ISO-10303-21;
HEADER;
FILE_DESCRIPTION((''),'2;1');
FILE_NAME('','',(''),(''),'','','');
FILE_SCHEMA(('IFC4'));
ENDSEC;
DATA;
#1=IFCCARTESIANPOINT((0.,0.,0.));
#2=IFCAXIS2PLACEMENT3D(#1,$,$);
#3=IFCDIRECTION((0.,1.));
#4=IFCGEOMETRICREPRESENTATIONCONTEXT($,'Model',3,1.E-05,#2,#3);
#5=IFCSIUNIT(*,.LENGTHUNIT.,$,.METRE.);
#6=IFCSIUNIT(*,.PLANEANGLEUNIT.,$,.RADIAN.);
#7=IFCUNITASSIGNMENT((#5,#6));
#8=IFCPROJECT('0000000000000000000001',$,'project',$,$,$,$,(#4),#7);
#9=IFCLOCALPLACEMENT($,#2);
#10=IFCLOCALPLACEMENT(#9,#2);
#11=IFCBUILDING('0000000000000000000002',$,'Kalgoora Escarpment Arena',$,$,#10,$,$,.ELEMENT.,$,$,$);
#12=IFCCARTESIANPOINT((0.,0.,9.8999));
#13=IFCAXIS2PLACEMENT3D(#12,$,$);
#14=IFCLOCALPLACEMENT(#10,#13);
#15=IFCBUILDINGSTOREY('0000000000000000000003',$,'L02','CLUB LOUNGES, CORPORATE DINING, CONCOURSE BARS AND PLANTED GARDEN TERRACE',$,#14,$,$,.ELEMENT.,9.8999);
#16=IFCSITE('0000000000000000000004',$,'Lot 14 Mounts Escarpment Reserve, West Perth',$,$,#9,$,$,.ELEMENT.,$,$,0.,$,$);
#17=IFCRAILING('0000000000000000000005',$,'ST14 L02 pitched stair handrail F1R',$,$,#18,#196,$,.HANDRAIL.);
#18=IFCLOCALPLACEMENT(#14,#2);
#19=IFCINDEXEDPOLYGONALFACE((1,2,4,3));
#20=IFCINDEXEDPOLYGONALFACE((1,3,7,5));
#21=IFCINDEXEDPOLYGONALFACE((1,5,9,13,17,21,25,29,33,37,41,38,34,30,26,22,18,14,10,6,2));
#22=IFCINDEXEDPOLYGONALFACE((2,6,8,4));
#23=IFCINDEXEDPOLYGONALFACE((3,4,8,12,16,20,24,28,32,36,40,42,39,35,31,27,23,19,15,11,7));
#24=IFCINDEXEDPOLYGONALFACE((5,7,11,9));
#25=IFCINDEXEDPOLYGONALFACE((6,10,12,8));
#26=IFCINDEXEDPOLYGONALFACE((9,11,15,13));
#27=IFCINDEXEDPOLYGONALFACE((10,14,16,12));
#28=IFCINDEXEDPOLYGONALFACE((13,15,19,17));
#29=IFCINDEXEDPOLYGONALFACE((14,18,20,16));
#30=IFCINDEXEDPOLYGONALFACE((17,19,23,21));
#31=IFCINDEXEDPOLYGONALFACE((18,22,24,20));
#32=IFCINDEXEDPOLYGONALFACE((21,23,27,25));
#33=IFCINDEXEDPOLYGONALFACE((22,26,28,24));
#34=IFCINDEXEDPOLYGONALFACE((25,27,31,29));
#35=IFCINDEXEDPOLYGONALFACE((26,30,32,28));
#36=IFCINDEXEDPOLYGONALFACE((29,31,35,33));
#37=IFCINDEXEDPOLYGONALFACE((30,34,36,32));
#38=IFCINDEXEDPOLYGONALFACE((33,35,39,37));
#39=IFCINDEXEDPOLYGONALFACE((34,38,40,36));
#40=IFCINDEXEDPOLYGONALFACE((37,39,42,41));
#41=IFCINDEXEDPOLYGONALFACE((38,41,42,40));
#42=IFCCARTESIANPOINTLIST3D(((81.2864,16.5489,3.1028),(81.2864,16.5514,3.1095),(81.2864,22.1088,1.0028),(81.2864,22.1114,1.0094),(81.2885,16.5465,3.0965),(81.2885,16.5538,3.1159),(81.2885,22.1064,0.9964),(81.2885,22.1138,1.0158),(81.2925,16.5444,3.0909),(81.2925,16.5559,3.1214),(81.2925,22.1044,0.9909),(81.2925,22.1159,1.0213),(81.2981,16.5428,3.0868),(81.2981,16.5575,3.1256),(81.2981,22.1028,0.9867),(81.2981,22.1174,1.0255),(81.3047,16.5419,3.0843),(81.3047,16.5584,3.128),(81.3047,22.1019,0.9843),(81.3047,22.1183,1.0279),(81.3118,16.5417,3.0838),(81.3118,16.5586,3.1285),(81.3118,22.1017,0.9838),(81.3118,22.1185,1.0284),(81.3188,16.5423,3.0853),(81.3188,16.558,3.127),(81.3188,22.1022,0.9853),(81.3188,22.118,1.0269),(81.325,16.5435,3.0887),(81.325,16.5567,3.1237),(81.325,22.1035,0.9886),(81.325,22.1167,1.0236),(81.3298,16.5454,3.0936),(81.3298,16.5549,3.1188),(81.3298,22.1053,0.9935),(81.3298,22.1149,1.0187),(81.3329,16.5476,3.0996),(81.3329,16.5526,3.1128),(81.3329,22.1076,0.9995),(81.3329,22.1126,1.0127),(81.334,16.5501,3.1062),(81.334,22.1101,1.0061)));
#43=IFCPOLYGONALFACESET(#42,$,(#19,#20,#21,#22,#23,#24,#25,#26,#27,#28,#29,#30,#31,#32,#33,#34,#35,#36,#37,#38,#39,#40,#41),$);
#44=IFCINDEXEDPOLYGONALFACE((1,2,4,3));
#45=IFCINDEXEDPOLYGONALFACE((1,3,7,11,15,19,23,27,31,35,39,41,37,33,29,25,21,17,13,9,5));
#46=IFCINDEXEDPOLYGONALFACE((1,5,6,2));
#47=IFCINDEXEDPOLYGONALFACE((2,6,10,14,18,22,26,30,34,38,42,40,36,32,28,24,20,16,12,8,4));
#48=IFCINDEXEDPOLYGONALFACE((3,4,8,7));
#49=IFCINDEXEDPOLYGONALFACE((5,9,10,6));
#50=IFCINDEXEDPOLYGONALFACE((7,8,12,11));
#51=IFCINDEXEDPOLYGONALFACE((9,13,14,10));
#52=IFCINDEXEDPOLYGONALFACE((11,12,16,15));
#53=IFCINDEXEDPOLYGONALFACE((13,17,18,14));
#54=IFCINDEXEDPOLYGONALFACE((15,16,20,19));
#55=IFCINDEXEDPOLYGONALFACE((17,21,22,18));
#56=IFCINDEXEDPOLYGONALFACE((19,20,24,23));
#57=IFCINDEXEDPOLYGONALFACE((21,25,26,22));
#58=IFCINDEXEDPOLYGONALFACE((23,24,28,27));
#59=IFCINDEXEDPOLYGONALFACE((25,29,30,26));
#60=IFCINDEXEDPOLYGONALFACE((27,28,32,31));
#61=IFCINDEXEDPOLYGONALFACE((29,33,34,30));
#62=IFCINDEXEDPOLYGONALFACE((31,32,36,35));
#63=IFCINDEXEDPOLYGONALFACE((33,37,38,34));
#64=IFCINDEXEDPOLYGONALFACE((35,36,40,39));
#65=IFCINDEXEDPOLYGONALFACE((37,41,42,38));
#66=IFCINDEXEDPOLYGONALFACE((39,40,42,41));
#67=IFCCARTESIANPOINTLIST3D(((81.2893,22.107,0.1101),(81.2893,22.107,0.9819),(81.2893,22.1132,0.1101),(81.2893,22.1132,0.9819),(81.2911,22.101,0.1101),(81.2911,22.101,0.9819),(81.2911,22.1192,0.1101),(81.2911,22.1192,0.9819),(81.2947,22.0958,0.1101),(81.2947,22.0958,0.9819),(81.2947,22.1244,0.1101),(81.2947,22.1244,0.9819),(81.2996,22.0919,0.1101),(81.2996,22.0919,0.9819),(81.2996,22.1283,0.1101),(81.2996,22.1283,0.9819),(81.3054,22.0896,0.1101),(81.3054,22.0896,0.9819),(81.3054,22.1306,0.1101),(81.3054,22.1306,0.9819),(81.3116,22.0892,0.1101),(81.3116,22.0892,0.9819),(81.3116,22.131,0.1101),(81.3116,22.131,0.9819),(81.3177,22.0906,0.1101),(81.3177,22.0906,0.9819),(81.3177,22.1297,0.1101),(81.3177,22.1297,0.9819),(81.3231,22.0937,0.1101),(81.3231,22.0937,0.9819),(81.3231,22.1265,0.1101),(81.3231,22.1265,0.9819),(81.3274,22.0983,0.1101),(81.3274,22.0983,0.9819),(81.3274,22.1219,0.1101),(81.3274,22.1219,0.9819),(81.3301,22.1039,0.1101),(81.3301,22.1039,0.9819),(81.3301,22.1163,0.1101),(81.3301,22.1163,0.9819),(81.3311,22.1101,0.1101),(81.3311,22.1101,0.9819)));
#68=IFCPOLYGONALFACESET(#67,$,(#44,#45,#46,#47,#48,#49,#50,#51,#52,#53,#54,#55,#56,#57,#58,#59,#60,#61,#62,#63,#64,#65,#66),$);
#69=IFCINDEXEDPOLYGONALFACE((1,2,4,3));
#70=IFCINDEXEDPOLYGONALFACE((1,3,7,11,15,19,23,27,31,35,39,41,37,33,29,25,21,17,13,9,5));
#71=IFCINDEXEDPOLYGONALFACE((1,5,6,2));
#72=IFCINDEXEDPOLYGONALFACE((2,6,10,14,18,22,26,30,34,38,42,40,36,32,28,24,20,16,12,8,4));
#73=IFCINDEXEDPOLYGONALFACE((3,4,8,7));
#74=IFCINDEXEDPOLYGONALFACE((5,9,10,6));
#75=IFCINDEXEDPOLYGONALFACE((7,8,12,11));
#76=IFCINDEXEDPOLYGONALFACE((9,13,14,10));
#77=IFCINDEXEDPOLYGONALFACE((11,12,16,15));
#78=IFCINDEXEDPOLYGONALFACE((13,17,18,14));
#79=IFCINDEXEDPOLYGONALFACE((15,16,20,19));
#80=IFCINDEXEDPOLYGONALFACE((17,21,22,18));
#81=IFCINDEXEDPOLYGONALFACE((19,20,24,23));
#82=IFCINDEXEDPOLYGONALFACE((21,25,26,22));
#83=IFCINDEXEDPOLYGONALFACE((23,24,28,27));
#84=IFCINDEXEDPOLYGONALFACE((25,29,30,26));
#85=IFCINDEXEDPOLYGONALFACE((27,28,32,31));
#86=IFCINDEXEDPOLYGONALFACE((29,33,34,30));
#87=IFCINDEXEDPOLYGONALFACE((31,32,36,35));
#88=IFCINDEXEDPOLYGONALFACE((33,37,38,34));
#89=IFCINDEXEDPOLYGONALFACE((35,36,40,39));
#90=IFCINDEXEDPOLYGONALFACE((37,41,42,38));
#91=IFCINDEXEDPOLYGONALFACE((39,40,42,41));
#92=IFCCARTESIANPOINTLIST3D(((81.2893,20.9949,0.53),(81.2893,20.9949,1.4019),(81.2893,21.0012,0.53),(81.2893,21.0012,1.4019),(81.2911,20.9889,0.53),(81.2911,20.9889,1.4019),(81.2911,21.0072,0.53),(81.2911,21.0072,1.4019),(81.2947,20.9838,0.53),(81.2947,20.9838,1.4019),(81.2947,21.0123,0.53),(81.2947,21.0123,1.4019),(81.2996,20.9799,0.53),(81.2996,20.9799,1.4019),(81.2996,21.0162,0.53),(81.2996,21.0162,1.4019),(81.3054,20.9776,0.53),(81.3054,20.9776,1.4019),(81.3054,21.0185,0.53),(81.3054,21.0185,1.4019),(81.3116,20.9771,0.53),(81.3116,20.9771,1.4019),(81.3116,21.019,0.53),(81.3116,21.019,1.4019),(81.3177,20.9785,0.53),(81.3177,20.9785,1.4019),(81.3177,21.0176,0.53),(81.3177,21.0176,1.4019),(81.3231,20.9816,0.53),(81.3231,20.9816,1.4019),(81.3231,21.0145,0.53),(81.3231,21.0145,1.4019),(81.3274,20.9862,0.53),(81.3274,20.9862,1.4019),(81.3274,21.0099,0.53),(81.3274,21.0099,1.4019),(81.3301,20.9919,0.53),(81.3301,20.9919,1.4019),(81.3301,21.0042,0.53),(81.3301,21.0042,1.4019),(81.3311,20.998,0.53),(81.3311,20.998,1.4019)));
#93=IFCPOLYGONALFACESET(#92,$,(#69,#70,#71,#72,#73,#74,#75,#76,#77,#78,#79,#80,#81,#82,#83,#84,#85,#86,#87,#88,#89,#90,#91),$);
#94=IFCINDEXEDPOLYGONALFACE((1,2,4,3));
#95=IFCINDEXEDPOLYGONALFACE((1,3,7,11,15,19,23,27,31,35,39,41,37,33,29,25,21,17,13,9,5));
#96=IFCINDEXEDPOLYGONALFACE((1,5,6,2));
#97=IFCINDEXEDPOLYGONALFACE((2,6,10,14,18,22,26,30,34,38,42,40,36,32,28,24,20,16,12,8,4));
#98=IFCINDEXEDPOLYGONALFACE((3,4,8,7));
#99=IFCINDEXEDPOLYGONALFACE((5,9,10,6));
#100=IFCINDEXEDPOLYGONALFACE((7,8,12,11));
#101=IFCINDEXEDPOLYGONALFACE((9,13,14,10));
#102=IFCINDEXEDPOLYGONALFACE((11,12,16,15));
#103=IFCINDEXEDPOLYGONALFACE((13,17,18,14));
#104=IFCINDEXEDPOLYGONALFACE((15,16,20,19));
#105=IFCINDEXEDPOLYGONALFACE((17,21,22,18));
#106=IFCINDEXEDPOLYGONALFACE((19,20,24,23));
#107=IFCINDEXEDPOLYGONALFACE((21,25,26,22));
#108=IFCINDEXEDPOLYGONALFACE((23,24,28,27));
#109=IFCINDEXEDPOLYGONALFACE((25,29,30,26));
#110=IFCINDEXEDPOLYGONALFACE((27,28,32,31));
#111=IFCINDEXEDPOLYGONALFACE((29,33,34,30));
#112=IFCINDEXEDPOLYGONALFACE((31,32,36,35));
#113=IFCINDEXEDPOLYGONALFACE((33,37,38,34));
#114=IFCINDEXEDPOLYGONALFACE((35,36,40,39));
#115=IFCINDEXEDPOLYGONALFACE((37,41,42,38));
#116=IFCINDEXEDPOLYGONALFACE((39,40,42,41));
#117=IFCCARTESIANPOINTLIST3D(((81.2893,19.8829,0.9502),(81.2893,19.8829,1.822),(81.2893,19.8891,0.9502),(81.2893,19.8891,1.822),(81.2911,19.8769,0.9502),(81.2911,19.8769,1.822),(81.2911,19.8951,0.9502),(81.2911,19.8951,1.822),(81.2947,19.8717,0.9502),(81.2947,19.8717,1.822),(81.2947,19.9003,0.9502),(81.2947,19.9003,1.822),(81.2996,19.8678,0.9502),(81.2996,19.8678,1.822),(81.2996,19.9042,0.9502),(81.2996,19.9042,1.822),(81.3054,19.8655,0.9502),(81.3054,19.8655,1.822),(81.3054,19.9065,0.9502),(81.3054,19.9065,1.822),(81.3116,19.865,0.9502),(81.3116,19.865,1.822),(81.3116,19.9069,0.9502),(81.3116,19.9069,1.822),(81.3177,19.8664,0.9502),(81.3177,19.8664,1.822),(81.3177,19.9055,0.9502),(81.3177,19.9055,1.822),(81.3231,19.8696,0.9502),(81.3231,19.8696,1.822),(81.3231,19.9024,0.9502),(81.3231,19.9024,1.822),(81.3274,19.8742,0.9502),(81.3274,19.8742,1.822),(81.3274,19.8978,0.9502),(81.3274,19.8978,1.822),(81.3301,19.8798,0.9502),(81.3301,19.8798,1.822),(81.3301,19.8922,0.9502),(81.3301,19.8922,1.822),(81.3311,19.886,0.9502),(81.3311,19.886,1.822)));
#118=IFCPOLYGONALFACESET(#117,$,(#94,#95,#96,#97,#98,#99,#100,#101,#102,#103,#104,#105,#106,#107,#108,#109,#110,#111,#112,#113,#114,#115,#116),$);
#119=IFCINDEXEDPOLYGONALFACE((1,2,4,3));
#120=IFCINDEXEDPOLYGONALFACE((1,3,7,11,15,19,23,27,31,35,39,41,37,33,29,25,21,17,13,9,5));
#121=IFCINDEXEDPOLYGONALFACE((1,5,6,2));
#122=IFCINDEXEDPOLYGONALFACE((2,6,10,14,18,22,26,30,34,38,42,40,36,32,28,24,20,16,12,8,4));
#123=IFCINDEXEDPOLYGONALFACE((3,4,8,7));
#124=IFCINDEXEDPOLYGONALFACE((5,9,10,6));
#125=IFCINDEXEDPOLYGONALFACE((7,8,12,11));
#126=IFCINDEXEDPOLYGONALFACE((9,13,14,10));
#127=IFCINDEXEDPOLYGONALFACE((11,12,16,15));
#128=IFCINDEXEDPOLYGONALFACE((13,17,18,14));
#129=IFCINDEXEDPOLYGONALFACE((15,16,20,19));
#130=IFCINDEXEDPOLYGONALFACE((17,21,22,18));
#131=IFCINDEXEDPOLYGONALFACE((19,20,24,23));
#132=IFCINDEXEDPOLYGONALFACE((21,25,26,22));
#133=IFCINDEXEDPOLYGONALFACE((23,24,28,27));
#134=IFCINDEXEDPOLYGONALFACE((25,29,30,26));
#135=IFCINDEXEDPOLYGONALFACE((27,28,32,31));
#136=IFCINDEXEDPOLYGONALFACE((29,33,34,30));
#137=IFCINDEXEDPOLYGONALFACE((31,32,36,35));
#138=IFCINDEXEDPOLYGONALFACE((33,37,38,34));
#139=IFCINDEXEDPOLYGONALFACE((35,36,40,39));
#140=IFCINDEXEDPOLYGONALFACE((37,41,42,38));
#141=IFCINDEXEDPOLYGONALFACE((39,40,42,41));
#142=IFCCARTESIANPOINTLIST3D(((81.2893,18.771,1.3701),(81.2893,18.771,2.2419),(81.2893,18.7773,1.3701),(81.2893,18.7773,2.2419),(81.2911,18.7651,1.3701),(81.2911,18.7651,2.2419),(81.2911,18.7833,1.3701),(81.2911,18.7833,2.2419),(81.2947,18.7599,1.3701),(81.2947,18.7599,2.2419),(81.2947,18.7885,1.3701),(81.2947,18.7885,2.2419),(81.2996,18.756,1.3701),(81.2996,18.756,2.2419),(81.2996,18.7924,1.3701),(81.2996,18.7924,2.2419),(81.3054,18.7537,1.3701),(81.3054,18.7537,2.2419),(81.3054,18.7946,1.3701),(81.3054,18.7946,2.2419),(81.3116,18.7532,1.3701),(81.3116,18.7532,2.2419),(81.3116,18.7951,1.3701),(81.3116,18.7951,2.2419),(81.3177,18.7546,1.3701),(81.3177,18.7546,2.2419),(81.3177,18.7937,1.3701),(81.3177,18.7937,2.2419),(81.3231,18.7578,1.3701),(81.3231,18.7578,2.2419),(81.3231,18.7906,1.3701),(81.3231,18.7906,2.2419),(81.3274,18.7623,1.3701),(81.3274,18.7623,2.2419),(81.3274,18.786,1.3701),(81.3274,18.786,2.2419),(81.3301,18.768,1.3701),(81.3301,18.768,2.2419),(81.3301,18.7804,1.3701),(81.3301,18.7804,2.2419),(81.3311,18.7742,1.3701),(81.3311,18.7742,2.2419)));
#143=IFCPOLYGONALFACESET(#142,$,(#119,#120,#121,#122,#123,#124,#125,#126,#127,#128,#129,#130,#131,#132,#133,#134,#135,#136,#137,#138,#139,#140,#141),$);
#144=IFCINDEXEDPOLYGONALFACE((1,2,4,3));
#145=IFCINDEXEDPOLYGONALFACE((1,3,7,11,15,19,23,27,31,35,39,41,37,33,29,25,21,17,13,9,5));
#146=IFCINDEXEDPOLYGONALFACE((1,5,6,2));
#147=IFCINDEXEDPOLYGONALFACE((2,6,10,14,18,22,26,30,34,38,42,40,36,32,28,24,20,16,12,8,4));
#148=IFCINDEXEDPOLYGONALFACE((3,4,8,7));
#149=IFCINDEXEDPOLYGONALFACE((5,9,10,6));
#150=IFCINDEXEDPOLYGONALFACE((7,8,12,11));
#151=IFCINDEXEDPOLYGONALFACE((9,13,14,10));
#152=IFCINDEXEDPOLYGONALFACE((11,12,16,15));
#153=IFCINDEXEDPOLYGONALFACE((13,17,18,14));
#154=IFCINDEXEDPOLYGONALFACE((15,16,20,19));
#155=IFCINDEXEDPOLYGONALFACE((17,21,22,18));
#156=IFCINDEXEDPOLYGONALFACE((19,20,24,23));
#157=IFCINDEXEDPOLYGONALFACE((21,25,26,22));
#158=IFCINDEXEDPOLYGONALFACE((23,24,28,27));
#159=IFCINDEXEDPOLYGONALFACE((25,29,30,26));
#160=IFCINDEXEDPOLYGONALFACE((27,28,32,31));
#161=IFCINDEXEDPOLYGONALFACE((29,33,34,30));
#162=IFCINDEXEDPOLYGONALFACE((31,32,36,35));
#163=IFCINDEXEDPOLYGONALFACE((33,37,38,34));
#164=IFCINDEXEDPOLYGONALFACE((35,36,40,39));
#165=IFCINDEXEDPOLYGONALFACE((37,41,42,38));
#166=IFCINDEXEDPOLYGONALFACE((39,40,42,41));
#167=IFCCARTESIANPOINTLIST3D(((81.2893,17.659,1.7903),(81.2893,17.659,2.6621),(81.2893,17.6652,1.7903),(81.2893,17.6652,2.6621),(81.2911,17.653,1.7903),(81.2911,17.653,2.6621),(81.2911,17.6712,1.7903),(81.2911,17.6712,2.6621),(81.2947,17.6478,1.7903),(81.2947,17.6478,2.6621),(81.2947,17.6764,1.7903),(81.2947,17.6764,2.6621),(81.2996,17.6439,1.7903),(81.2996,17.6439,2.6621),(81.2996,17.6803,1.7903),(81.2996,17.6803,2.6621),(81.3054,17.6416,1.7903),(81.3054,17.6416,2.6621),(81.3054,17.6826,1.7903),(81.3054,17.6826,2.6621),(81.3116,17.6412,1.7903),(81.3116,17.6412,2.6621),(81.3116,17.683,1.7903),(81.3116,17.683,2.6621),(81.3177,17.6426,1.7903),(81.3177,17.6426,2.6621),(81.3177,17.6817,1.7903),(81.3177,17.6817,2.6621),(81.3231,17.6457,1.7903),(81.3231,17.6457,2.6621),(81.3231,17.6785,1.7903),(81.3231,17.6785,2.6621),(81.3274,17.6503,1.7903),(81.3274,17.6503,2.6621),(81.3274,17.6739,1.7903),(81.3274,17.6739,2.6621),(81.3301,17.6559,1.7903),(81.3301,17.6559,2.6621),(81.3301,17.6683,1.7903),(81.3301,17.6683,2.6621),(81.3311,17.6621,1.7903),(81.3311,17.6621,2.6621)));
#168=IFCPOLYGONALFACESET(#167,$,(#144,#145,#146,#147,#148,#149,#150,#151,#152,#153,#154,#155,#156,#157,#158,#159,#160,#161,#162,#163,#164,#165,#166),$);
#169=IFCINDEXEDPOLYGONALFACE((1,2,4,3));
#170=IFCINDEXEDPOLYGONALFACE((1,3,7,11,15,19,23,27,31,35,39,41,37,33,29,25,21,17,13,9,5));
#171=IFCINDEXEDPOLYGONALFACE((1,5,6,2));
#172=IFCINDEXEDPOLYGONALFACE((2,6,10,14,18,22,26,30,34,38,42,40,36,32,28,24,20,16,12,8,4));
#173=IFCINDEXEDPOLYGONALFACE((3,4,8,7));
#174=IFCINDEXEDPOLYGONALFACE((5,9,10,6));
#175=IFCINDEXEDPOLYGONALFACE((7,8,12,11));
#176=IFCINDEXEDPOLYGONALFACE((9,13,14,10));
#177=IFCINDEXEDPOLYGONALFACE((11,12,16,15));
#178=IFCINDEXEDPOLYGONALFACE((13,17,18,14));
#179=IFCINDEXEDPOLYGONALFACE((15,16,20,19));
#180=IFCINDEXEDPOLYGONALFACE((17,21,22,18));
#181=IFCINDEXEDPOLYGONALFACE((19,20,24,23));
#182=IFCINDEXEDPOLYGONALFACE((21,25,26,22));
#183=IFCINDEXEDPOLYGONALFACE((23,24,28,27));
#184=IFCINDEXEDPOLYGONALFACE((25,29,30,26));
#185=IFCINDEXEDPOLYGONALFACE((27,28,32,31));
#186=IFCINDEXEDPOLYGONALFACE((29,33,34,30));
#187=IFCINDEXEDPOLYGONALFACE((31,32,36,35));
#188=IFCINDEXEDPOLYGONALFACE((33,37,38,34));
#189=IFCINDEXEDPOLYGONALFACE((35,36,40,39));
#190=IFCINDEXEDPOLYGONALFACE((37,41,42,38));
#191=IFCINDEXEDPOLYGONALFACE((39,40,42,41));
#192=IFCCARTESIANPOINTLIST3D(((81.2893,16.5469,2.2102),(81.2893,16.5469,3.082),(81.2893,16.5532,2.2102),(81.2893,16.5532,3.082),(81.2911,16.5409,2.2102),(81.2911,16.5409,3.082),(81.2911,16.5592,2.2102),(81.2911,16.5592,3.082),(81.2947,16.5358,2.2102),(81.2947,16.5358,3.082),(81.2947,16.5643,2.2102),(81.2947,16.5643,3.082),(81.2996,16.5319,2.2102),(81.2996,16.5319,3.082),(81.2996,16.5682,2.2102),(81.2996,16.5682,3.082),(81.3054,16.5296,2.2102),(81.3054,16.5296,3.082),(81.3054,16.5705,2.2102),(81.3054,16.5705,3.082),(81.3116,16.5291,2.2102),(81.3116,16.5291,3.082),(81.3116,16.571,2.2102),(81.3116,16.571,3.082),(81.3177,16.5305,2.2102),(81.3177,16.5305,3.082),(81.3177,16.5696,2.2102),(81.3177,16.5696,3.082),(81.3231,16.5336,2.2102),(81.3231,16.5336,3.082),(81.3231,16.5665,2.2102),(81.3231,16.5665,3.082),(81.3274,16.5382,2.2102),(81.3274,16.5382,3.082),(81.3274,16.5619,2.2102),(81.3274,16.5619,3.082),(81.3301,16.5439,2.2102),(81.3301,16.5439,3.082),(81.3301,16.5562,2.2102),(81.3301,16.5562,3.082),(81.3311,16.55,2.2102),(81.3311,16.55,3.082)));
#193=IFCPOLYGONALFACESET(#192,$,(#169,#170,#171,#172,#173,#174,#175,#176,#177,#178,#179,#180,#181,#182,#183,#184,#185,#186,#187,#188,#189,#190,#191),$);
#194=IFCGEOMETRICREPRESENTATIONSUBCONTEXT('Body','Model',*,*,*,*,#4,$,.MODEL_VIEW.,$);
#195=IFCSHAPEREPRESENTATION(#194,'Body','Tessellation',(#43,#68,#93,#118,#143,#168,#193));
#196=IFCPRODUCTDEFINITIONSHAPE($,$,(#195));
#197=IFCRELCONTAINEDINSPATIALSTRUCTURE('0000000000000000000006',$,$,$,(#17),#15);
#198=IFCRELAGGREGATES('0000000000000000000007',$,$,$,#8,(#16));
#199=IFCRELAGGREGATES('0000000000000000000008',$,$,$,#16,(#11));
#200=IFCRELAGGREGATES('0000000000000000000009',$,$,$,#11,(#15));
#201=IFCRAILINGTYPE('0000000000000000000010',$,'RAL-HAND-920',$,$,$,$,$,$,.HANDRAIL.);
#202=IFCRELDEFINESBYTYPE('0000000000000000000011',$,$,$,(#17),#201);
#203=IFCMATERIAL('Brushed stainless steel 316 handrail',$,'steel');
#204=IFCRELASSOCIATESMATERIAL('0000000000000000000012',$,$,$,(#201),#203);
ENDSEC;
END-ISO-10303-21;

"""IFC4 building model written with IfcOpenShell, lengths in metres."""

from ifc_helpers import new_model, si_unit, direction, frame, origin, origin_2d, place, context, subcontext, project, spatial, circle, extrude, material, type_object, element, save


model = new_model("IFC4")

# Units and contexts
model_context = context("Model", 3, precision=1e-05, world=origin(), true_north=direction((0.0, 1.0)))
body_context = subcontext(model_context, "Body", "Model", "MODEL_VIEW")
ifc_project = project(units=[si_unit("LENGTHUNIT", "METRE"), si_unit("PLANEANGLEUNIT", "RADIAN")], contexts=[model_context])

# Site, building, storey
site_placement = place(None, origin())
site = spatial("IfcSite", under=ifc_project, at=site_placement, Name="Lot 14 Mounts Escarpment Reserve, West Perth", CompositionType="ELEMENT", RefElevation=0.0)
building_placement = place(site_placement, origin())
building = spatial("IfcBuilding", under=site, at=building_placement, Name="Kalgoora Escarpment Arena", CompositionType="ELEMENT")
storey_placement = place(building_placement, frame((0.0, 0.0, 9.8999)))
storey = spatial("IfcBuildingStorey", under=building, at=storey_placement, Name="L02", Description="CLUB LOUNGES, CORPORATE DINING, CONCOURSE BARS AND PLANTED GARDEN TERRACE", CompositionType="ELEMENT", Elevation=9.8999)

# Railing
ifc_material_1 = material(Name="Brushed stainless steel 316 handrail", Category="steel")
railing_type_1 = type_object("IfcRailingType", Name="RAL-HAND-920", PredefinedType="HANDRAIL", material=ifc_material_1)
for number, where, name in (
    (1, (81.3101, 22.1101, 0.1101), "ST14 L02 pitched stair handrail F1R"),
):
    element("IfcRailing", number, at=place(storey_placement, frame(where)), inside=storey, type_object=railing_type_1, Name=name, PredefinedType="HANDRAIL", context=body_context, shape_type="SweptSolid", body=[
        extrude(circle(Radius=0.0239, at=origin_2d()), frame((0.0, 0.0, 0.896), z_axis=(0.0, -0.935493, 0.353346), x_axis=(1.0, 0.0, 0.0)), (0.0, 0.0, 1.0), 5.9434),
        extrude(circle(Radius=0.021, at=origin_2d()), origin(), (0.0, 0.0, 1.0), 0.8718),
        extrude(circle(Radius=0.021, at=origin_2d()), frame((0.0, -1.1121, 0.4199)), (0.0, 0.0, 1.0), 0.8718),
        extrude(circle(Radius=0.021, at=origin_2d()), frame((0.0, -2.2241, 0.8401)), (0.0, 0.0, 1.0), 0.8718),
        extrude(circle(Radius=0.021, at=origin_2d()), frame((0.0, -3.3359, 1.26)), (0.0, 0.0, 1.0), 0.8718),
        extrude(circle(Radius=0.021, at=origin_2d()), frame((0.0, -4.448, 1.6802)), (0.0, 0.0, 1.0), 0.8718),
        extrude(circle(Radius=0.021, at=origin_2d()), frame((0.0, -5.5601, 2.1001)), (0.0, 0.0, 1.0), 0.8718),
    ])

save(model, "model.ifc")
